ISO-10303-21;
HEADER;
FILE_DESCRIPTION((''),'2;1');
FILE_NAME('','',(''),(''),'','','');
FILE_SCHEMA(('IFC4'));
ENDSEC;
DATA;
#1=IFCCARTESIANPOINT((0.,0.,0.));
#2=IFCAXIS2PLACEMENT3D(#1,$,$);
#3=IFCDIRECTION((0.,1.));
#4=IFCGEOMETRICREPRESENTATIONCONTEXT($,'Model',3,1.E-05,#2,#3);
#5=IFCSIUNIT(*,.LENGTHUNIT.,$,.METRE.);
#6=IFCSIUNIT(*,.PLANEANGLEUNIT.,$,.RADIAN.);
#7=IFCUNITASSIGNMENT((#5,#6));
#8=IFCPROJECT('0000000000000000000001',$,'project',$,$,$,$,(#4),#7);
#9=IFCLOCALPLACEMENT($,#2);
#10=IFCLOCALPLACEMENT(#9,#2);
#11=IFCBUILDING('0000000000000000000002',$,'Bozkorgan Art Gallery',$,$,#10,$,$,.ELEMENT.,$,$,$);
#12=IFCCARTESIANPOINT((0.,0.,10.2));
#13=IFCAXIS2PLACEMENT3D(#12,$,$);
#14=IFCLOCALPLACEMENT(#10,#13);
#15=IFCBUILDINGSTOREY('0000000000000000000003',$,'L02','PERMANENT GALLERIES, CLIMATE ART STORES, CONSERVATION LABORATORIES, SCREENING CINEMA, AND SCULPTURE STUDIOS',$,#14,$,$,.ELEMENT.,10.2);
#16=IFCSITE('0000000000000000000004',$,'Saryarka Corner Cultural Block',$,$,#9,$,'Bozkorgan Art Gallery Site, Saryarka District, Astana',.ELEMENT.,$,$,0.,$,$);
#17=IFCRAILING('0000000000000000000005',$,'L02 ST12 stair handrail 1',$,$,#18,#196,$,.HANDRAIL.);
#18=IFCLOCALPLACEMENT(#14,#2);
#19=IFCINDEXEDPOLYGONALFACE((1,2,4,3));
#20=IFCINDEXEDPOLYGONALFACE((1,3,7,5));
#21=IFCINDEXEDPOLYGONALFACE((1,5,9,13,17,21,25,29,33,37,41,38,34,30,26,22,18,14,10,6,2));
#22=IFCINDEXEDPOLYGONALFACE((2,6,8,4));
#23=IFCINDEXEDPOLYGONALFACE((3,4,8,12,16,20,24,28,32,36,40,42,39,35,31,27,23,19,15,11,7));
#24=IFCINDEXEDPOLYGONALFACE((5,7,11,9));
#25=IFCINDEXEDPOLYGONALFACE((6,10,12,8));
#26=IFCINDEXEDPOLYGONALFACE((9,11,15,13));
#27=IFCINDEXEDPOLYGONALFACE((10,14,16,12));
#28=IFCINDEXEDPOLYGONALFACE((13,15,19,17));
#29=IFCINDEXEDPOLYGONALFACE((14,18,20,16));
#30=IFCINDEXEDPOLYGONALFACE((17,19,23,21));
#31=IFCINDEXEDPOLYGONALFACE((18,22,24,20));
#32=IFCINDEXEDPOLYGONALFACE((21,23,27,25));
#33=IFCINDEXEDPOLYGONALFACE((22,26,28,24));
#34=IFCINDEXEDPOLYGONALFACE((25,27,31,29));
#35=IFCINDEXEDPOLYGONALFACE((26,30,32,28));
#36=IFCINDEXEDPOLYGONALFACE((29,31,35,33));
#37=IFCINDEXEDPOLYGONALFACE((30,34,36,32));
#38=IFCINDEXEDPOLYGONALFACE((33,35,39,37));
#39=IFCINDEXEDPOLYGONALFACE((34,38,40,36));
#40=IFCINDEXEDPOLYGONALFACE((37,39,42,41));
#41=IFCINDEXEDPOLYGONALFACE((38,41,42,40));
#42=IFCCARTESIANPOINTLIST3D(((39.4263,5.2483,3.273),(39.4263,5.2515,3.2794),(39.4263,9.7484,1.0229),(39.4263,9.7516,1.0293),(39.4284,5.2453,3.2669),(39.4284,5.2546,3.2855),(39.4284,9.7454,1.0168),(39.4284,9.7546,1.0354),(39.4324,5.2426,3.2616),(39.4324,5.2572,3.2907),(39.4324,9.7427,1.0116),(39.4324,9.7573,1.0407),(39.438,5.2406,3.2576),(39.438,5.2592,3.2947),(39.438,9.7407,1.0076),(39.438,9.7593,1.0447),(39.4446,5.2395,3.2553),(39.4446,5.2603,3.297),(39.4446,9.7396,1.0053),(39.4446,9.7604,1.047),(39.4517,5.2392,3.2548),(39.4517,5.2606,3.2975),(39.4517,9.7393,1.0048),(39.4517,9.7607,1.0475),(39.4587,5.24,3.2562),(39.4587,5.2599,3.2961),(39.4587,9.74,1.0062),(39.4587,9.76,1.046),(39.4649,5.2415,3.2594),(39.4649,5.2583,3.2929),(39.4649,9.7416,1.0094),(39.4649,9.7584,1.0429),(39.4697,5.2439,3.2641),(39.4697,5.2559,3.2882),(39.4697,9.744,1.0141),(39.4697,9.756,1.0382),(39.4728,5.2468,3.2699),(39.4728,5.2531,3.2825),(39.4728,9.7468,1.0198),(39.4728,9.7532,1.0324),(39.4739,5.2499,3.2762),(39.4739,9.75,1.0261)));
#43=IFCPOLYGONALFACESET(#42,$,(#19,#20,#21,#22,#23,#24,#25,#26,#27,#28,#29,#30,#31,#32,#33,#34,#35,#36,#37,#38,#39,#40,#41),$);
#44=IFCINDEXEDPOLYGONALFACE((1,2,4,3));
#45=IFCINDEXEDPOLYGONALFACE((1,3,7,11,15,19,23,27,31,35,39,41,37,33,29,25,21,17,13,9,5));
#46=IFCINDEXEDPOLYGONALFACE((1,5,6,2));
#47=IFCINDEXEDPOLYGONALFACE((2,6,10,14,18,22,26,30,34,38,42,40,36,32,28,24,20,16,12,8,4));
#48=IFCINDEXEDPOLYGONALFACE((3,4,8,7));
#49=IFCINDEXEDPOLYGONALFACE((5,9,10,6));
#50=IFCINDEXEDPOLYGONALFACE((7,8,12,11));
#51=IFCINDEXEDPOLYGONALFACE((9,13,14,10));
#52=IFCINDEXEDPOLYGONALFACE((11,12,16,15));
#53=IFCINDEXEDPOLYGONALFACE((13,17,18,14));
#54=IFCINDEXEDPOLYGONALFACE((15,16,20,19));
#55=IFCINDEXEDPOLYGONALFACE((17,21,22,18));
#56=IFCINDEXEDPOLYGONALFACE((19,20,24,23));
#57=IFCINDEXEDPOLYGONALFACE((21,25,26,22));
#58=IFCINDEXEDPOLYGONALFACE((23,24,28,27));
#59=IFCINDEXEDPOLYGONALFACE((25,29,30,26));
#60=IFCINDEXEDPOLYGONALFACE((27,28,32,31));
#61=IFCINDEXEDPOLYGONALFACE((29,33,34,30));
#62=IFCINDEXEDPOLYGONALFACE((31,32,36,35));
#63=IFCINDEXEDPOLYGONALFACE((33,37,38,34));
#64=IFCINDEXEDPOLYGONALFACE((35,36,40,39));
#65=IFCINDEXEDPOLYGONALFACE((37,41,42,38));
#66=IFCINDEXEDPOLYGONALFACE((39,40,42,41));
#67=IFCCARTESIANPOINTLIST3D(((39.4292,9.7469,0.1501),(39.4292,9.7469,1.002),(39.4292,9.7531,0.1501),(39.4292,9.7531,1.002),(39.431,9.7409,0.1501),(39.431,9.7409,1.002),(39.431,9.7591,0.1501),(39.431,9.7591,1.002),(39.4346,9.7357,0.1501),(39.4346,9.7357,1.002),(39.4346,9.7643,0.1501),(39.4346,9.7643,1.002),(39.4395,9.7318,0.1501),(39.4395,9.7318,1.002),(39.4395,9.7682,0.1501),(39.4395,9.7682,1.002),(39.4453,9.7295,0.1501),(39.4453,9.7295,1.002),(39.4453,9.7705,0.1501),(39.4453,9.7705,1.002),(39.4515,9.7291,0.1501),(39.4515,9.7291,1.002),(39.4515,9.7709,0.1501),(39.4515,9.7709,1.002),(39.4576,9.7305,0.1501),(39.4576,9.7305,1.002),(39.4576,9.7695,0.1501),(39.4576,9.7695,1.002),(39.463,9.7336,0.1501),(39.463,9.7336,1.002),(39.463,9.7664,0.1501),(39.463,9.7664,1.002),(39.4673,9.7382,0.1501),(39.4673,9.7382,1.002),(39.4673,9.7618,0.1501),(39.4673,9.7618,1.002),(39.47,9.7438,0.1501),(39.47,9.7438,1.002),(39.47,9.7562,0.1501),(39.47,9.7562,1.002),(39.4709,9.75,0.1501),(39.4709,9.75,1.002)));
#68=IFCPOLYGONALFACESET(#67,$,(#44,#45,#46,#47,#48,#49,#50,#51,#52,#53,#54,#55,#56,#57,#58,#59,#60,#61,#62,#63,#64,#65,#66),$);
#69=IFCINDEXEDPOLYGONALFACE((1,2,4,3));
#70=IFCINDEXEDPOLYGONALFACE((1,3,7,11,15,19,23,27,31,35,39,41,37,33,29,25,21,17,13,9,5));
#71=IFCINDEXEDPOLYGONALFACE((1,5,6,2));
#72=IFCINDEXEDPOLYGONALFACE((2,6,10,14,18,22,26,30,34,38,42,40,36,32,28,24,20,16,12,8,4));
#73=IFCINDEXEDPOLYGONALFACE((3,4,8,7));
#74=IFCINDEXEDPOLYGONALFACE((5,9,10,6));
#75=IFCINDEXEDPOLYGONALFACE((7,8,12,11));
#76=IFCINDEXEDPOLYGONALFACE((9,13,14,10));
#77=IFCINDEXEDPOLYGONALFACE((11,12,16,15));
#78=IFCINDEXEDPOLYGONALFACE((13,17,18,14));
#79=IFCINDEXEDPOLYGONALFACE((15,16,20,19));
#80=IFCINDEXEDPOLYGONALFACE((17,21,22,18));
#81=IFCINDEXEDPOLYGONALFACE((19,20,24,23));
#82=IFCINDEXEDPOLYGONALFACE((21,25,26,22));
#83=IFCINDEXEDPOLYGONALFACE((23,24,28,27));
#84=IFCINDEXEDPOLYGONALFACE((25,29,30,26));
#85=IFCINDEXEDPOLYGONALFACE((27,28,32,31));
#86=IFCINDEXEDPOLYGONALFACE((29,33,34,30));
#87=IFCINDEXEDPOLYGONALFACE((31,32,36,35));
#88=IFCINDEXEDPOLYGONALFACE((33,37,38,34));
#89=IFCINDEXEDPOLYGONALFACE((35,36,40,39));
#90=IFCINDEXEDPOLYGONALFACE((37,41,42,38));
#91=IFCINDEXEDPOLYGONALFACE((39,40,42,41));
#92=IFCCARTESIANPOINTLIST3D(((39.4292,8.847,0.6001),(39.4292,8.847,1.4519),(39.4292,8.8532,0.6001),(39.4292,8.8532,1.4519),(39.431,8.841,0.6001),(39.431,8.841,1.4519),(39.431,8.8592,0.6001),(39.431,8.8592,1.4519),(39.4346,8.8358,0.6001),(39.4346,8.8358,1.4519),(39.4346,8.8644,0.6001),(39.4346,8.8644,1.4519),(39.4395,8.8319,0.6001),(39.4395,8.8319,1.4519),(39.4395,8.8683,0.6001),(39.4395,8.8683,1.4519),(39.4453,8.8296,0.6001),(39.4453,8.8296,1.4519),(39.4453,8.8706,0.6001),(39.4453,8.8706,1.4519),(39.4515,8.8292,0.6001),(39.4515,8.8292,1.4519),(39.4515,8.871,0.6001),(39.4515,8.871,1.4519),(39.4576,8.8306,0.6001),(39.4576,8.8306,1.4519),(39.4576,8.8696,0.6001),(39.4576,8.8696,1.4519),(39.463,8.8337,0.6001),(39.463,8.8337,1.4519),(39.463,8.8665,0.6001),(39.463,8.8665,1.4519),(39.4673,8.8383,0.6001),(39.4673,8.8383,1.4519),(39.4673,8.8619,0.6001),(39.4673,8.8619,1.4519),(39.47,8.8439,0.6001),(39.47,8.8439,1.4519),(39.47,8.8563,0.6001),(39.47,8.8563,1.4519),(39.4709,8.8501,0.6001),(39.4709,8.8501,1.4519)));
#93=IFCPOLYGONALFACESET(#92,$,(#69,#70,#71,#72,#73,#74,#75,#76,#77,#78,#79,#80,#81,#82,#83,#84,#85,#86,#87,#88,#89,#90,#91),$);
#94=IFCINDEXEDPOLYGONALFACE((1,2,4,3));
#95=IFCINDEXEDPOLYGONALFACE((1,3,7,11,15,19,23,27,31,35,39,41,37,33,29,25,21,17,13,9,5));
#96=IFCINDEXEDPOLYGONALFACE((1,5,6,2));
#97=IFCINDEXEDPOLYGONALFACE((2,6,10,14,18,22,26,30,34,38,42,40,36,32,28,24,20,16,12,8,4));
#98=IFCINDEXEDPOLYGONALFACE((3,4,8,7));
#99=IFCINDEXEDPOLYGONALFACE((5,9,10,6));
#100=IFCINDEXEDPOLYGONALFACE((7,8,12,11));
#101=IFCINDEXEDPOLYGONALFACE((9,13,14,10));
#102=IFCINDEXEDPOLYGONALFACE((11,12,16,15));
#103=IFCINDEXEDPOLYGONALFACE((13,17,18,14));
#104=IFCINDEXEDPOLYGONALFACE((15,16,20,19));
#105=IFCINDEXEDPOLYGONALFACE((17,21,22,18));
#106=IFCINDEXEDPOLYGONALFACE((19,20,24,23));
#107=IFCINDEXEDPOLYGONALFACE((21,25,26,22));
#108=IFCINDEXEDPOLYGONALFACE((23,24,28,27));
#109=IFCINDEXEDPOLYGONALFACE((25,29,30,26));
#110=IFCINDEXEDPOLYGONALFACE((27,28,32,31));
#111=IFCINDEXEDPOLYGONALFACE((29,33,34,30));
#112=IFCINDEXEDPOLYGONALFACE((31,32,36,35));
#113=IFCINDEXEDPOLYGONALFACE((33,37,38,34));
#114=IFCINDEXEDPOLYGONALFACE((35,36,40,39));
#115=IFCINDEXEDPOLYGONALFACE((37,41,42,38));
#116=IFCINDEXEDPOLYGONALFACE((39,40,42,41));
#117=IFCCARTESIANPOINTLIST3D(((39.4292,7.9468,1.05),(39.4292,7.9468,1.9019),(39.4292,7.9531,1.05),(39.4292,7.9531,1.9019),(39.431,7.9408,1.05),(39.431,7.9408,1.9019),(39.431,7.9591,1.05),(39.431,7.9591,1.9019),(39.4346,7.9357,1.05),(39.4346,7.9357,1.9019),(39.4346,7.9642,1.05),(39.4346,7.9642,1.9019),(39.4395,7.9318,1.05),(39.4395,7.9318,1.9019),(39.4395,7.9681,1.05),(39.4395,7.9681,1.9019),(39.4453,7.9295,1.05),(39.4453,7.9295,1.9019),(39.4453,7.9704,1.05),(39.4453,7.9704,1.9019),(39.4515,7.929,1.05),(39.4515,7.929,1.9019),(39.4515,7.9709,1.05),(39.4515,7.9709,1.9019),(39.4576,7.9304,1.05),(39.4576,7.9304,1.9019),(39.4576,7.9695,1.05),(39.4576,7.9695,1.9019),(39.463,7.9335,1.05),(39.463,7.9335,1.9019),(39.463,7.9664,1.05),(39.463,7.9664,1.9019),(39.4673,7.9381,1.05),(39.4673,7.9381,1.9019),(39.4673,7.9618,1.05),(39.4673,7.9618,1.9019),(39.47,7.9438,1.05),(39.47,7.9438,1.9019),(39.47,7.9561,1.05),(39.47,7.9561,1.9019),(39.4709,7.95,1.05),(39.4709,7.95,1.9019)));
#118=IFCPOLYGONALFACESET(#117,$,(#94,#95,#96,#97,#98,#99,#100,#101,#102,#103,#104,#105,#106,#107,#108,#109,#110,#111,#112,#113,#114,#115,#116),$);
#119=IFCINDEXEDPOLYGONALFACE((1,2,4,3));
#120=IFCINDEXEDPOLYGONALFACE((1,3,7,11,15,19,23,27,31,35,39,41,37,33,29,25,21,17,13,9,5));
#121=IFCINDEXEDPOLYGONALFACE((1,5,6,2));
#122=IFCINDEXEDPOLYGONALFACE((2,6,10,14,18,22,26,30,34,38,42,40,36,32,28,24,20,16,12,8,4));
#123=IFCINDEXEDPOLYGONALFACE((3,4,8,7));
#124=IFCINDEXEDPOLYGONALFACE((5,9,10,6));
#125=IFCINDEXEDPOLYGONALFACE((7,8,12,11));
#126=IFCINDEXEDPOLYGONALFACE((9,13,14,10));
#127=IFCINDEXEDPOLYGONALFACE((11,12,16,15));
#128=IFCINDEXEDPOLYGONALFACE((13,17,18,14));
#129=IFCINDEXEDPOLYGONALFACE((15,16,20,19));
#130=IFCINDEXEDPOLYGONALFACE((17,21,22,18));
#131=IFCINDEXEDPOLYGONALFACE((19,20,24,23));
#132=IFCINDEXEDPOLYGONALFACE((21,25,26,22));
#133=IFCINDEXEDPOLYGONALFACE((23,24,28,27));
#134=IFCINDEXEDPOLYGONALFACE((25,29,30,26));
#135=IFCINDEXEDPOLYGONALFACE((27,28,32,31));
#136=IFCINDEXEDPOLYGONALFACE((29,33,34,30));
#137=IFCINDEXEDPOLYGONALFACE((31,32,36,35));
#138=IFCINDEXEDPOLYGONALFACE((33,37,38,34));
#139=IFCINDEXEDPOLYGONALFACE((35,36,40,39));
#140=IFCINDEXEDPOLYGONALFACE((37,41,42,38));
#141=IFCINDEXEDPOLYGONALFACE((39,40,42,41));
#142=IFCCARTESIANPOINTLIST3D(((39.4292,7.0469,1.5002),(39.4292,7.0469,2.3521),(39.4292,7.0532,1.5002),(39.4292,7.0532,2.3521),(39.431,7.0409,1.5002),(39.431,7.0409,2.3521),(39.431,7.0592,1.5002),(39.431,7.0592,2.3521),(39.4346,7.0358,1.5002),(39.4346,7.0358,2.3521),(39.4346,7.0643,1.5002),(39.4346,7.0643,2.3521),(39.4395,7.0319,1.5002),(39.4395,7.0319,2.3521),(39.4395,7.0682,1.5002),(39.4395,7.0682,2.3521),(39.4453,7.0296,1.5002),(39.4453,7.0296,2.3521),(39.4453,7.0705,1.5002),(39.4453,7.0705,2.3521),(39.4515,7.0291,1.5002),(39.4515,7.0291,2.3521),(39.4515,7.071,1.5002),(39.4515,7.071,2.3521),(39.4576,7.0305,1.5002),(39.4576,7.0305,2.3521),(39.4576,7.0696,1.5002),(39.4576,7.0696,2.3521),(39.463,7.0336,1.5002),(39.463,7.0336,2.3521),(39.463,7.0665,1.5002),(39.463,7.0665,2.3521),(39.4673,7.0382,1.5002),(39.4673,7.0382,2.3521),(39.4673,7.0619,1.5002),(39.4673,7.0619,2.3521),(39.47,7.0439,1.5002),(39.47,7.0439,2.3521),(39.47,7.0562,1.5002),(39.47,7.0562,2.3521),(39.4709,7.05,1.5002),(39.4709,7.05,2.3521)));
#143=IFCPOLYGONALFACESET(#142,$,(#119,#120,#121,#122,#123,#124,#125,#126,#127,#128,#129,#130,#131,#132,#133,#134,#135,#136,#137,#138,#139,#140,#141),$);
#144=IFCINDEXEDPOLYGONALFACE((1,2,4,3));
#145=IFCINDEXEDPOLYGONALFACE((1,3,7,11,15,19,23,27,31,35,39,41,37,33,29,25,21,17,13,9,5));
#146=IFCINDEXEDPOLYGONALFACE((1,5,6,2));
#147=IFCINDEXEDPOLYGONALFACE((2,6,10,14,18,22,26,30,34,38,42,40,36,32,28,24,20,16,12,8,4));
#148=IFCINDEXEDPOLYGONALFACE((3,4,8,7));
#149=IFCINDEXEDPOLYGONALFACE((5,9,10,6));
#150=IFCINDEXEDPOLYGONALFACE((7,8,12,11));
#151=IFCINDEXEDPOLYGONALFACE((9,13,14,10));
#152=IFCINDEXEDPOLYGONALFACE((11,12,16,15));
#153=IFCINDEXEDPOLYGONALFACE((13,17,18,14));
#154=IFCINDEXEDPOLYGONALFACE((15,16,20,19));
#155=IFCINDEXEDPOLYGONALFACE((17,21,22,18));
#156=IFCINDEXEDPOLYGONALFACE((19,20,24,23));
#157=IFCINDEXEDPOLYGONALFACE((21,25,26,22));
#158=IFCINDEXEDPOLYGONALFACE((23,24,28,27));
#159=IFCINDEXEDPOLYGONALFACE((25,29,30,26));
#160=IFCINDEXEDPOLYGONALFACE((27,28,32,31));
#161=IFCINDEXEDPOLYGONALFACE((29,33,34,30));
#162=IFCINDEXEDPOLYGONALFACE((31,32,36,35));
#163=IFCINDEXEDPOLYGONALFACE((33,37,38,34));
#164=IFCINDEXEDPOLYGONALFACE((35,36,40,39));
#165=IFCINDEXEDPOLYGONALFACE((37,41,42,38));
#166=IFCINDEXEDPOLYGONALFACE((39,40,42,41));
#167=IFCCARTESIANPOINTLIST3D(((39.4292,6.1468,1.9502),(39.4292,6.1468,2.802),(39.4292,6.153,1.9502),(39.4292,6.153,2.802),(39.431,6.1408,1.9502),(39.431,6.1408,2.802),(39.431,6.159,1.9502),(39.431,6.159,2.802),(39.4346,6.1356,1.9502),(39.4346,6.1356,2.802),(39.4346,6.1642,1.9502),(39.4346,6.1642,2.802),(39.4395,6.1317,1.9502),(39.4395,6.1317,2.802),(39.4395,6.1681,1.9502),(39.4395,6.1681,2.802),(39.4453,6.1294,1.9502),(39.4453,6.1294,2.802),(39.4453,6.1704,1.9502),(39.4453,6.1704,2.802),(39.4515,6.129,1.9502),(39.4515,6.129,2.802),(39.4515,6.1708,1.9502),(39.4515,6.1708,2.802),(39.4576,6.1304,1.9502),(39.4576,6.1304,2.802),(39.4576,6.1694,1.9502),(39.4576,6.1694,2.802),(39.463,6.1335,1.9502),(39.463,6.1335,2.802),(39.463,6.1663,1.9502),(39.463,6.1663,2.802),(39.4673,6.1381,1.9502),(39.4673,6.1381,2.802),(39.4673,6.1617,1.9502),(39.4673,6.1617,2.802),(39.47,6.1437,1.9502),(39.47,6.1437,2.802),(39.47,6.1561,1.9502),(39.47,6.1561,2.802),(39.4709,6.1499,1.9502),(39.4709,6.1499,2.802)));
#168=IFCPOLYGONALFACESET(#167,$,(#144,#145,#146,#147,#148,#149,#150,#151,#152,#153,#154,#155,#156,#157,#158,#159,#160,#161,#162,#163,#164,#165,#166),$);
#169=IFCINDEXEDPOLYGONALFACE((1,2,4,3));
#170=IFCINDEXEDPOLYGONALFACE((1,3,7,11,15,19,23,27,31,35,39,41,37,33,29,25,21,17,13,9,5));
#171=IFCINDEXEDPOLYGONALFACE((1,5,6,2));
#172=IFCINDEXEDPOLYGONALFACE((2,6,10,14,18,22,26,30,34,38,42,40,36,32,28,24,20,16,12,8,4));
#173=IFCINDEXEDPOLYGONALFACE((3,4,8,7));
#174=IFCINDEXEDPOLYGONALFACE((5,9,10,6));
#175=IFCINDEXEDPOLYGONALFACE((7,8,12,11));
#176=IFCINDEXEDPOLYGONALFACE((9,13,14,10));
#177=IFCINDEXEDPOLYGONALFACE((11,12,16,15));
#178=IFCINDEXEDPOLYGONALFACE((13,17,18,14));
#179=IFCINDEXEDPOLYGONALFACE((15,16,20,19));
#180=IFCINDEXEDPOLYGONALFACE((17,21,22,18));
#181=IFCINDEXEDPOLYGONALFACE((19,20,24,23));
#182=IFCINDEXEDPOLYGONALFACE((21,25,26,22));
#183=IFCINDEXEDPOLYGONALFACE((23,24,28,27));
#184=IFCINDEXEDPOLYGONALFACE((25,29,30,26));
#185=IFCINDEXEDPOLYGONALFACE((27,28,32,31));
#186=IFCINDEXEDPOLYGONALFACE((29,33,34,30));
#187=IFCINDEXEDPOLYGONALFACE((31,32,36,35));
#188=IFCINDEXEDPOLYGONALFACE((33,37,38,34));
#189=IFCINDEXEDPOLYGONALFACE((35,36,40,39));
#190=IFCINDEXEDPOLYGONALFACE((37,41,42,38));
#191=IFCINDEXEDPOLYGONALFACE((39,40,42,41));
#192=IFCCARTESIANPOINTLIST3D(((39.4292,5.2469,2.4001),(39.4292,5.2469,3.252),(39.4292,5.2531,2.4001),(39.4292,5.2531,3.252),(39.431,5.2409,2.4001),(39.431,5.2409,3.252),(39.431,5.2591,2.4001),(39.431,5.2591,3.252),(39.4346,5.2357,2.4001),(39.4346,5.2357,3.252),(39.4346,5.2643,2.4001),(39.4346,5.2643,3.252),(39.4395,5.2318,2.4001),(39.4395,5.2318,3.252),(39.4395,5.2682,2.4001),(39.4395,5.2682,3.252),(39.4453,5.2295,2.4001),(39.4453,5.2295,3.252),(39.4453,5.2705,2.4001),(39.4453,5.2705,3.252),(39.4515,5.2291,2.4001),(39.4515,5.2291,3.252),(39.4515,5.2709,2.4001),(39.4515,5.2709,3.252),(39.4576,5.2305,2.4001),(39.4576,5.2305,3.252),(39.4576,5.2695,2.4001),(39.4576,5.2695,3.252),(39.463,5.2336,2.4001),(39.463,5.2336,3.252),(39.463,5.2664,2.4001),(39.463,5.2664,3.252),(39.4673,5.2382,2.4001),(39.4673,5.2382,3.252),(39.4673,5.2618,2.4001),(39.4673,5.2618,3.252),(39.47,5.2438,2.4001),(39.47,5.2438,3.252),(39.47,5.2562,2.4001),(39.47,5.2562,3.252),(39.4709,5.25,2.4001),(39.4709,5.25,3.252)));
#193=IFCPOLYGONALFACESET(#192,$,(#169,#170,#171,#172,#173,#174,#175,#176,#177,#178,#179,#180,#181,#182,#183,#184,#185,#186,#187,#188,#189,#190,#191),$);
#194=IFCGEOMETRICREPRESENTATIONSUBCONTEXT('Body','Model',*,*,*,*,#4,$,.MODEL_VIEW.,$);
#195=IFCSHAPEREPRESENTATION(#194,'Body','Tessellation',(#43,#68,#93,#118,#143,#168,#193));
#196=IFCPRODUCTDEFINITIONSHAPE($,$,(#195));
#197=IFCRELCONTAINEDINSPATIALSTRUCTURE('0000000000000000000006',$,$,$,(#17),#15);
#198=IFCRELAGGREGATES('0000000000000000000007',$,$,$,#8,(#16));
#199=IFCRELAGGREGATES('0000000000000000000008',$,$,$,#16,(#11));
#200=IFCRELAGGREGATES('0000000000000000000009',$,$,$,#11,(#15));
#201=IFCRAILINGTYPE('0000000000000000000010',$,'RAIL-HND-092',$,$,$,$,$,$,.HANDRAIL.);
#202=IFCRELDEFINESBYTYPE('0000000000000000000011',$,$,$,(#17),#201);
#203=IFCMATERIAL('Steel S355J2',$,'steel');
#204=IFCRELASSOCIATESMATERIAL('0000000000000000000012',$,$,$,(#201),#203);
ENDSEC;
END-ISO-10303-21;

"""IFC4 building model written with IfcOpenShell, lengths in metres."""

from ifc_helpers import new_model, si_unit, direction, frame, origin, origin_2d, place, context, subcontext, project, spatial, circle, extrude, material, type_object, element, save


model = new_model("IFC4")

# Units and contexts
model_context = context("Model", 3, precision=1e-05, world=origin(), true_north=direction((0.0, 1.0)))
body_context = subcontext(model_context, "Body", "Model", "MODEL_VIEW")
ifc_project = project(units=[si_unit("LENGTHUNIT", "METRE"), si_unit("PLANEANGLEUNIT", "RADIAN")], contexts=[model_context])

# Site, building, storey
site_placement = place(None, origin())
site = spatial("IfcSite", under=ifc_project, at=site_placement, Name="Saryarka Corner Cultural Block", LongName="Bozkorgan Art Gallery Site, Saryarka District, Astana", CompositionType="ELEMENT", RefElevation=0.0)
building_placement = place(site_placement, origin())
building = spatial("IfcBuilding", under=site, at=building_placement, Name="Bozkorgan Art Gallery", CompositionType="ELEMENT")
storey_placement = place(building_placement, frame((0.0, 0.0, 10.2)))
storey = spatial("IfcBuildingStorey", under=building, at=storey_placement, Name="L02", Description="PERMANENT GALLERIES, CLIMATE ART STORES, CONSERVATION LABORATORIES, SCREENING CINEMA, AND SCULPTURE STUDIOS", CompositionType="ELEMENT", Elevation=10.2)

# Shared definitions
ifc_material_1 = material(Name="Steel S355J2", Category="steel")

# Railing
railing_type_1 = type_object("IfcRailingType", Name="RAIL-HND-092", PredefinedType="HANDRAIL", material=ifc_material_1)
railing_1_placement = place(storey_placement, frame((39.45, 9.75, 0.1501)))
element("IfcRailing", 1, at=railing_1_placement, inside=storey, type_object=railing_type_1, Name="L02 ST12 stair handrail 1", PredefinedType="HANDRAIL", context=body_context, shape_type="SweptSolid", body=[
    extrude(circle(Radius=0.0239, at=origin_2d()), frame((0.0, 0.0, 0.876), z_axis=(0.0, -0.894427, 0.447214), x_axis=(1.0, 0.0, 0.0)), (0.0, 0.0, 1.0), 5.0312),
    extrude(circle(Radius=0.021, at=origin_2d()), origin(), (0.0, 0.0, 1.0), 0.8518),
    extrude(circle(Radius=0.021, at=origin_2d()), frame((0.0, -0.8999, 0.45)), (0.0, 0.0, 1.0), 0.8518),
    extrude(circle(Radius=0.021, at=origin_2d()), frame((0.0, -1.8, 0.8999)), (0.0, 0.0, 1.0), 0.8518),
    extrude(circle(Radius=0.021, at=origin_2d()), frame((0.0, -2.7, 1.3501)), (0.0, 0.0, 1.0), 0.8518),
    extrude(circle(Radius=0.021, at=origin_2d()), frame((0.0, -3.6001, 1.8)), (0.0, 0.0, 1.0), 0.8518),
    extrude(circle(Radius=0.021, at=origin_2d()), frame((0.0, -4.5, 2.25)), (0.0, 0.0, 1.0), 0.8518),
])

save(model, "model.ifc")
